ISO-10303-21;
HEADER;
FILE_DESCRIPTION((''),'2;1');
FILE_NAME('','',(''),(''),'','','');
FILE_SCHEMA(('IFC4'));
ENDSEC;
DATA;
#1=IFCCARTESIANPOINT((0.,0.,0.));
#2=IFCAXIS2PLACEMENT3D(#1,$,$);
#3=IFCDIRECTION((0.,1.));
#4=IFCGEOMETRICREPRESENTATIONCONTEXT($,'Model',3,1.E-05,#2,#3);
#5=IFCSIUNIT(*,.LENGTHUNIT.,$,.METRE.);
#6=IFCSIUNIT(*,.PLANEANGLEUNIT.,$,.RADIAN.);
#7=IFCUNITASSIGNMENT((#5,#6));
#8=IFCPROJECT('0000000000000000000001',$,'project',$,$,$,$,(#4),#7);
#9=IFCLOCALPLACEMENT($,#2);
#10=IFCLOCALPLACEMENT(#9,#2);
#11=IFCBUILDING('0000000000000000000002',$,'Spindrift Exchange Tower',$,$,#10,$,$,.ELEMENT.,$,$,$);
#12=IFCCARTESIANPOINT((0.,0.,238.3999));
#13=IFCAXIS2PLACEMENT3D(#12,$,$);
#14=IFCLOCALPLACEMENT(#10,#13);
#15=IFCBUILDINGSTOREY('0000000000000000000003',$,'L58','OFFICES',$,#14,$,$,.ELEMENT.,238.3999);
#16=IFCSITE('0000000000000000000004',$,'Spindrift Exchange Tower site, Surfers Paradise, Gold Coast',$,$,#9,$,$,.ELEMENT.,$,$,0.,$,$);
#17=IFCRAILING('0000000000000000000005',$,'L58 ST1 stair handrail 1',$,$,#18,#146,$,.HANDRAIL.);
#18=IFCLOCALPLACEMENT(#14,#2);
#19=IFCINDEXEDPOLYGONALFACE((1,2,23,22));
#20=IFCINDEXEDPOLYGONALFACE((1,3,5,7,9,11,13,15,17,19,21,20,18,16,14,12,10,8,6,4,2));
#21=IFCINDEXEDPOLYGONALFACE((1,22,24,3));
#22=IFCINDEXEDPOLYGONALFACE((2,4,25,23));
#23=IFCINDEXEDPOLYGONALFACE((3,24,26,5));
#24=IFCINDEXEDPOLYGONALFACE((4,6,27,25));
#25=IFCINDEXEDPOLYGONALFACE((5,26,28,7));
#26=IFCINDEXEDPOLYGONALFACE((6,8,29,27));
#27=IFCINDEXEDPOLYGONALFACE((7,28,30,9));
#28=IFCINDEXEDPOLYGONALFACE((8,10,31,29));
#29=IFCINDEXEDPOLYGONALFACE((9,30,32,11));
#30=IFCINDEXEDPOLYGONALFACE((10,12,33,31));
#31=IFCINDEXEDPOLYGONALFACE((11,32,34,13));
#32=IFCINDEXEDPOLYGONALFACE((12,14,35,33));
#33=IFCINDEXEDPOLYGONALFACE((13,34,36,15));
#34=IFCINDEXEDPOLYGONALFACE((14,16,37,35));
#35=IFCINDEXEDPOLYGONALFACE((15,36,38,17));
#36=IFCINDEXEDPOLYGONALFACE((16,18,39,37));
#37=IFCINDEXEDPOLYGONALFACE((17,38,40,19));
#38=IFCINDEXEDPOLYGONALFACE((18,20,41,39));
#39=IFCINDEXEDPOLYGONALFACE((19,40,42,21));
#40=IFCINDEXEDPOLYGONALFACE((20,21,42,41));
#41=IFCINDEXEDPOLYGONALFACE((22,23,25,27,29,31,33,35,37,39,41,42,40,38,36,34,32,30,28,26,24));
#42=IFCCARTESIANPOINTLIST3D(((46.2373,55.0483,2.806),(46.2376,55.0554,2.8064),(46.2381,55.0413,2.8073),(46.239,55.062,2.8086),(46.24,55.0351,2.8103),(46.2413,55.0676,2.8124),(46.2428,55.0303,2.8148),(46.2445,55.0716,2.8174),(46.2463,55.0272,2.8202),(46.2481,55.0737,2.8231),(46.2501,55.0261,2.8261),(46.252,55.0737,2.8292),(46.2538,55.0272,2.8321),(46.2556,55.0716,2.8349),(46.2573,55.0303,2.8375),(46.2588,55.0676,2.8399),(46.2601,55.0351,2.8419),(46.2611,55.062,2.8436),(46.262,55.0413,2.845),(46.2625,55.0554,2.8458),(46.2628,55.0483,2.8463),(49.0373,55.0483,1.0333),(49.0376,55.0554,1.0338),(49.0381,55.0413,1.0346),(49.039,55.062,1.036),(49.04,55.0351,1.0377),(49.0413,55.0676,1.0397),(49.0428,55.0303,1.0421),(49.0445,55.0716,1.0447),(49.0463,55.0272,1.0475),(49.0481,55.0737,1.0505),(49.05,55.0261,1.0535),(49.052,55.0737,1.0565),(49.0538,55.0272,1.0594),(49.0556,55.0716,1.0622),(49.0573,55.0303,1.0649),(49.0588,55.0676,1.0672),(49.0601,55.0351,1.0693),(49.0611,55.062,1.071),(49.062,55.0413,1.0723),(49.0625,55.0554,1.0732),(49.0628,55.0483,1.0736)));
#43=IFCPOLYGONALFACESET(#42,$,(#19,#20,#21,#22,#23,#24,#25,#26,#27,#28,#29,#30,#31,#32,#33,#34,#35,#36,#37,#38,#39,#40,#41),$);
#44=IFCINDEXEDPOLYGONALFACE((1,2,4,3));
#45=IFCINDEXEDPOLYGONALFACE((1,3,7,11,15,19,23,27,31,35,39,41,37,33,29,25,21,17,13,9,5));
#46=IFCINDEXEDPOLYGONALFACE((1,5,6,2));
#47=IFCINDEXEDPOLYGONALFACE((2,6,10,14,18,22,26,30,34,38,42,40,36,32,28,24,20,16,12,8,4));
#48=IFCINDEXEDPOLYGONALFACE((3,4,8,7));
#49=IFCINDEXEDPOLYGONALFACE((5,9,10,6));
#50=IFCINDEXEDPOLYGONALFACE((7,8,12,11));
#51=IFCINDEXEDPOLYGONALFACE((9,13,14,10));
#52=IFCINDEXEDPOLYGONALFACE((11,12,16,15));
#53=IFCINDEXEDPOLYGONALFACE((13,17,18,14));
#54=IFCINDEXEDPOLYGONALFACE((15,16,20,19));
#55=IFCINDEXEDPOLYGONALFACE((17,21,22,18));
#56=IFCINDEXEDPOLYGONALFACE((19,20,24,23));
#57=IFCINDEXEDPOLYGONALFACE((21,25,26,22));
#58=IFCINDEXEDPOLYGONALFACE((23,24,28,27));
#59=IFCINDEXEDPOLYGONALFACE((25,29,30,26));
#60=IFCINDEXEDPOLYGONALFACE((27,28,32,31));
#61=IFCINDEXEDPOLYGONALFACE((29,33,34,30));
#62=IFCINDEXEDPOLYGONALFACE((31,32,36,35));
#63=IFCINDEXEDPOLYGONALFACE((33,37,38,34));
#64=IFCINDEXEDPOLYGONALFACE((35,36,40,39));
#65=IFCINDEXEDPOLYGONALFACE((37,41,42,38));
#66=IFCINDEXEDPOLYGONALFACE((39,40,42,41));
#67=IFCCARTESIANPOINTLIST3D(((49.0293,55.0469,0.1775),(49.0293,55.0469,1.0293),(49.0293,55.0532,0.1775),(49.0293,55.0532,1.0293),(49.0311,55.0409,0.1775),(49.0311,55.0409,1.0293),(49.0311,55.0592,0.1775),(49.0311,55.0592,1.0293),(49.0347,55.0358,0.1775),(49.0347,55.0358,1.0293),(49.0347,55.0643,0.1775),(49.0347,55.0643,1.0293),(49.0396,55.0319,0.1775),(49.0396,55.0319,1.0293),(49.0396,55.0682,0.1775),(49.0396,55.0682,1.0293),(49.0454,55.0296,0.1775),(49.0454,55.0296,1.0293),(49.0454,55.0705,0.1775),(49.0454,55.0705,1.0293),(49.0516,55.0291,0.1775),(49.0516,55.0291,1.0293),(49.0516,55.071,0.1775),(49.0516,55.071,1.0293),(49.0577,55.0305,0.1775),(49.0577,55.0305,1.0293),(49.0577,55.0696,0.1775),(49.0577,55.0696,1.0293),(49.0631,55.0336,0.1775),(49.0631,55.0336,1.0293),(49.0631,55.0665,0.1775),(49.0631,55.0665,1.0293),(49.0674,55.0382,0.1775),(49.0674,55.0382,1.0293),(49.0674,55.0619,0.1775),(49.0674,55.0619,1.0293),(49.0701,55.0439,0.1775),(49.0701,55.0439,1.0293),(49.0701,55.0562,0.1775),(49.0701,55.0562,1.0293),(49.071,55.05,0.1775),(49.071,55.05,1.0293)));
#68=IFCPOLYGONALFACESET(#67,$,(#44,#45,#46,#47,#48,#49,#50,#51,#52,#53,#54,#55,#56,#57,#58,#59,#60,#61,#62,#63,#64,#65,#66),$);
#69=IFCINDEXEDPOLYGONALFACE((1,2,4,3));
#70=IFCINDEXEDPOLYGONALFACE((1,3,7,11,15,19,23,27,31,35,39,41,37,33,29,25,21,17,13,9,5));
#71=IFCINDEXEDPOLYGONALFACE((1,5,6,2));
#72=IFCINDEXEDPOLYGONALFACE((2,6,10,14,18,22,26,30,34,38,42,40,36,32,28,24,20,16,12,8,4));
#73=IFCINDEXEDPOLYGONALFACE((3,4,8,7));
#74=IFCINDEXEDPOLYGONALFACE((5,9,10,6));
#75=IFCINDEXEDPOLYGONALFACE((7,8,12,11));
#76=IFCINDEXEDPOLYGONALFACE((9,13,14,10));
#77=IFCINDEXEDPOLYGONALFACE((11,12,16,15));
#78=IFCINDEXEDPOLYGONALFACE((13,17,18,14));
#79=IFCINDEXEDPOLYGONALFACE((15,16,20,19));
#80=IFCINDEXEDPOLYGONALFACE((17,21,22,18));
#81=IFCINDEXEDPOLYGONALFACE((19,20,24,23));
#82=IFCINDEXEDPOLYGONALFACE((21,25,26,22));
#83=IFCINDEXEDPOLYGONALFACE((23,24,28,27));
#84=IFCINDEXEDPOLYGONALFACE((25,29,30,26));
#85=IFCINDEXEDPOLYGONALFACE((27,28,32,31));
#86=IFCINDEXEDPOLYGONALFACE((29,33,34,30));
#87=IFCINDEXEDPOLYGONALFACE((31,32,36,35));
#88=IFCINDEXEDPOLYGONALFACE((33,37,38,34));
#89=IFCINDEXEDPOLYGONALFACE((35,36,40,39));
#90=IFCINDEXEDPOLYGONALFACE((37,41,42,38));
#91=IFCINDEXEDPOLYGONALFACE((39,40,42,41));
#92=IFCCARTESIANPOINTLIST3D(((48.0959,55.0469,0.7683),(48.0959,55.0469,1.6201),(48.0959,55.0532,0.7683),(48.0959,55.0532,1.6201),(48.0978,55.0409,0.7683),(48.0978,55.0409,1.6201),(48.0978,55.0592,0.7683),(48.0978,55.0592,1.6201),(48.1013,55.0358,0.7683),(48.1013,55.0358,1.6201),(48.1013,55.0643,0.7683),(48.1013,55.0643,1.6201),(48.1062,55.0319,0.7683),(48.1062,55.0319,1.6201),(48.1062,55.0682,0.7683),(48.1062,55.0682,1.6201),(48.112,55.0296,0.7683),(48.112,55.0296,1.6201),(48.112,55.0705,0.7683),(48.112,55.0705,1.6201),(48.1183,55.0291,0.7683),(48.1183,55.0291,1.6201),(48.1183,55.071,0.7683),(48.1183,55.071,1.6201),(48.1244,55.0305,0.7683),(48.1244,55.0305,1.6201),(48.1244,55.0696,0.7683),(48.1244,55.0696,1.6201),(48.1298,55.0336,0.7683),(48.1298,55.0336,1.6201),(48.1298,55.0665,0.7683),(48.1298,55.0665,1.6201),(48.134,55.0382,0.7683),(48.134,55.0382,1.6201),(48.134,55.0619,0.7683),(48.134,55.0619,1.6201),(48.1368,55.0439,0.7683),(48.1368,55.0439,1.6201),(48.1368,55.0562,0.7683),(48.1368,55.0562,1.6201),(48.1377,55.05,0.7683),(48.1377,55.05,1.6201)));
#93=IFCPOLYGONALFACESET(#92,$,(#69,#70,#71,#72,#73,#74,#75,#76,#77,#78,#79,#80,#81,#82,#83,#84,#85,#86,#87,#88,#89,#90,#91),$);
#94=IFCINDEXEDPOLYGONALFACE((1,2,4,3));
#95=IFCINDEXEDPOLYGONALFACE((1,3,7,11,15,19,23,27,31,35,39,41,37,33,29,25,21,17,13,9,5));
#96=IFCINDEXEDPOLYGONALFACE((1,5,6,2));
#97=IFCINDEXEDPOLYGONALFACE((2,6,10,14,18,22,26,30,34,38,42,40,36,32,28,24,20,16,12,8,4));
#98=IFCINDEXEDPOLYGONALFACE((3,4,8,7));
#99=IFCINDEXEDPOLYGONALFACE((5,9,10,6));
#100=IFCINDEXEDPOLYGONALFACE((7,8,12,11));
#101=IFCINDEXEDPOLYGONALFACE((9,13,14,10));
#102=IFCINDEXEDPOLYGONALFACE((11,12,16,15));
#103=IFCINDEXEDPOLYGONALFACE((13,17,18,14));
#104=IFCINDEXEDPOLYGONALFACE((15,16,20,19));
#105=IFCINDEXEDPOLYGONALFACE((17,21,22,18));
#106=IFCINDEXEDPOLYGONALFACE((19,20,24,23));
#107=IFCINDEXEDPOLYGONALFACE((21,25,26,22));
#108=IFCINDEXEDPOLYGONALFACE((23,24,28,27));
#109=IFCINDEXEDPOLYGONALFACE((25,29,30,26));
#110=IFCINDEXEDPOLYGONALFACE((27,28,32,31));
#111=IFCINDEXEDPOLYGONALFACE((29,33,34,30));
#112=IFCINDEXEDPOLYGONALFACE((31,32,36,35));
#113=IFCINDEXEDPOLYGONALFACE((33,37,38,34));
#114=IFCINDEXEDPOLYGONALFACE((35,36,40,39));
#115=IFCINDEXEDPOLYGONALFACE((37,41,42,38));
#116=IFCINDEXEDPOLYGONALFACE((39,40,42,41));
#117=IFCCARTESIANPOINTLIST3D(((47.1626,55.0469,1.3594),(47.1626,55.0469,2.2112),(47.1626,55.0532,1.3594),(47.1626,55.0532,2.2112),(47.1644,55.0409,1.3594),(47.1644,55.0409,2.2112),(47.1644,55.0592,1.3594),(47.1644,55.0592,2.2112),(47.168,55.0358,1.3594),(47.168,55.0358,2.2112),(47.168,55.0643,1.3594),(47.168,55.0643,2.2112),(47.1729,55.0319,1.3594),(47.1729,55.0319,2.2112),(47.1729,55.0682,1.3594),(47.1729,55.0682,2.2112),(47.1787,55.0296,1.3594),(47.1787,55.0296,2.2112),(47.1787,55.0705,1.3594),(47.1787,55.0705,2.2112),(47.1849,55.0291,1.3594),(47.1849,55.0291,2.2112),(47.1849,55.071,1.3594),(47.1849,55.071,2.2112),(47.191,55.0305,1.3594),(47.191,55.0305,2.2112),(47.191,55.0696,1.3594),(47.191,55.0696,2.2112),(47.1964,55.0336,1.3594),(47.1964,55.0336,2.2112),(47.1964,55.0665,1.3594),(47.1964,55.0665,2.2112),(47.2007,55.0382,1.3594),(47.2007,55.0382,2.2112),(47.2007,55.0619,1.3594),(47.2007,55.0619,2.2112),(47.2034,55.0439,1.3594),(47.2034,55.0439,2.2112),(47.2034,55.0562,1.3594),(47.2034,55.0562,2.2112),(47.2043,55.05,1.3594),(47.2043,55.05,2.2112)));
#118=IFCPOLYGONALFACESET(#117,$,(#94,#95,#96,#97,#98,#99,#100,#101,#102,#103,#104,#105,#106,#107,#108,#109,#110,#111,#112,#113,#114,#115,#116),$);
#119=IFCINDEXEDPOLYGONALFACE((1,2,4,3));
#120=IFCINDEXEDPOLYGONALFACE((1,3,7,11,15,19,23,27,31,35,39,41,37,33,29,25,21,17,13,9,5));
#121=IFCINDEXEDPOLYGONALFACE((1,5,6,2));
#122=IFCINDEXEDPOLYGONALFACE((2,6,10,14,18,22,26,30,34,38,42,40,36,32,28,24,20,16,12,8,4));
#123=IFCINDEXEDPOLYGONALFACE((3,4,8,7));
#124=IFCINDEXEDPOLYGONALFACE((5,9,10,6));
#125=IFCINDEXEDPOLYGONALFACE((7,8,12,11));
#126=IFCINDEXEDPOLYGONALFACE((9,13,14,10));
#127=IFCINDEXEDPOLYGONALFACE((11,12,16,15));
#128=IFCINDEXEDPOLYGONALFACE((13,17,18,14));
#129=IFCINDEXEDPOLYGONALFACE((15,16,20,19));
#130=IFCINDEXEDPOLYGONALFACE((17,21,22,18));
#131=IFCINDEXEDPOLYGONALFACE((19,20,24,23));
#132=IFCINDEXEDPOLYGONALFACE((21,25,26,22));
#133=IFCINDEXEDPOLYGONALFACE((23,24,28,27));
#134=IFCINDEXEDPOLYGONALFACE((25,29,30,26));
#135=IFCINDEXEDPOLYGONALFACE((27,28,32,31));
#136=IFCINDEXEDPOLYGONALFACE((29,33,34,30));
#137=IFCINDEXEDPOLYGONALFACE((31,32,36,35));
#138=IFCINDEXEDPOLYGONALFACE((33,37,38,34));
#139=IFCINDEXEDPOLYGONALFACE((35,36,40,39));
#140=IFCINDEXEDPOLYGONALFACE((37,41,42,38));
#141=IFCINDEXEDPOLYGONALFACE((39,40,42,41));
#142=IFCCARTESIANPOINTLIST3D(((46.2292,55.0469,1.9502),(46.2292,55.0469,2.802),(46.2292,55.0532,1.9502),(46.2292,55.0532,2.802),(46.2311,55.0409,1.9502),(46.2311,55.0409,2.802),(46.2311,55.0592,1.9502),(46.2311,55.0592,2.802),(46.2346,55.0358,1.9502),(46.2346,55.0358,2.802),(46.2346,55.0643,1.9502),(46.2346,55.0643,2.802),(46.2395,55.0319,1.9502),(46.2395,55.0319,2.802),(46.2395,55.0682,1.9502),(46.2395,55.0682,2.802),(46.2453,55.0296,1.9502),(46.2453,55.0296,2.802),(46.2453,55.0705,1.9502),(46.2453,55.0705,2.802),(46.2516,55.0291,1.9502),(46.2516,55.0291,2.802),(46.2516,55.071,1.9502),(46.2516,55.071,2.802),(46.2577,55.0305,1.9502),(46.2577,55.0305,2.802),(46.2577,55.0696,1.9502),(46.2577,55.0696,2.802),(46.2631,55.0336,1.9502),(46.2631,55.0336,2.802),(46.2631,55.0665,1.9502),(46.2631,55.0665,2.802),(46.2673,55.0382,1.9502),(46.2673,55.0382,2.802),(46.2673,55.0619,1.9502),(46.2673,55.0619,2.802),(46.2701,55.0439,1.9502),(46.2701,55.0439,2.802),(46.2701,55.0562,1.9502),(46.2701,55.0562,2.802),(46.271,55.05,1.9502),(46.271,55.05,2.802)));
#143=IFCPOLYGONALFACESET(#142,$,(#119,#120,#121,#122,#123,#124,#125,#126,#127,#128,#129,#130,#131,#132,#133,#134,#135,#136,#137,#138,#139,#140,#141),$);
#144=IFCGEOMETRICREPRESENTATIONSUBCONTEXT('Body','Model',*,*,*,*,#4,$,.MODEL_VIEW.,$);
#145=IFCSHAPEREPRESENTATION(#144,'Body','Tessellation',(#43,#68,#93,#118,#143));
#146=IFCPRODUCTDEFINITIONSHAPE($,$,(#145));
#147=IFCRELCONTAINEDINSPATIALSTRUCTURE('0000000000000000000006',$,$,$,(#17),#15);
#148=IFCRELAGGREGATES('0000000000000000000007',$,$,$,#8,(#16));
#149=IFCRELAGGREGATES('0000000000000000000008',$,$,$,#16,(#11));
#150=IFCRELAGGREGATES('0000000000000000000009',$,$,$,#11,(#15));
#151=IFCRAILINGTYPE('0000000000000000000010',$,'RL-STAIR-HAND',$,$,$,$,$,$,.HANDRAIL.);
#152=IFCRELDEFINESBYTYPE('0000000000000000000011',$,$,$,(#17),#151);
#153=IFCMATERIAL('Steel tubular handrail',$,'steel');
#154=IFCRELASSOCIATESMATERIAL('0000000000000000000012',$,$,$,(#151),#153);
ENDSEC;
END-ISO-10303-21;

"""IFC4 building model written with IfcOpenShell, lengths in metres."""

from ifc_helpers import new_model, si_unit, direction, frame, origin, origin_2d, place, context, subcontext, project, spatial, circle, extrude, material, type_object, element, save


model = new_model("IFC4")

# Units and contexts
model_context = context("Model", 3, precision=1e-05, world=origin(), true_north=direction((0.0, 1.0)))
body_context = subcontext(model_context, "Body", "Model", "MODEL_VIEW")
ifc_project = project(units=[si_unit("LENGTHUNIT", "METRE"), si_unit("PLANEANGLEUNIT", "RADIAN")], contexts=[model_context])

# Site, building, storey
site_placement = place(None, origin())
site = spatial("IfcSite", under=ifc_project, at=site_placement, Name="Spindrift Exchange Tower site, Surfers Paradise, Gold Coast", CompositionType="ELEMENT", RefElevation=0.0)
building_placement = place(site_placement, origin())
building = spatial("IfcBuilding", under=site, at=building_placement, Name="Spindrift Exchange Tower", CompositionType="ELEMENT")
storey_placement = place(building_placement, frame((0.0, 0.0, 238.3999)))
storey = spatial("IfcBuildingStorey", under=building, at=storey_placement, Name="L58", Description="OFFICES", CompositionType="ELEMENT", Elevation=238.3999)

# Railing
ifc_material_1 = material(Name="Steel tubular handrail", Category="steel")
railing_type_1 = type_object("IfcRailingType", Name="RL-STAIR-HAND", PredefinedType="HANDRAIL", material=ifc_material_1)
railing_1_placement = place(storey_placement, frame((49.05, 55.05, 0.1775)))
element("IfcRailing", 1, at=railing_1_placement, inside=storey, type_object=railing_type_1, Name="L58 ST1 stair handrail 1", PredefinedType="HANDRAIL", context=body_context, shape_type="SweptSolid", body=[
    extrude(circle(Radius=0.0239, at=origin_2d()), frame((0.0, 0.0, 0.876), z_axis=(-0.844909, 0.0, 0.53491), x_axis=(0.0, -1.0, 0.0)), (0.0, 0.0, 1.0), 3.314),
    extrude(circle(Radius=0.021, at=origin_2d()), origin(), (0.0, 0.0, 1.0), 0.8518),
    extrude(circle(Radius=0.021, at=origin_2d()), frame((-0.9333, 0.0, 0.5908)), (0.0, 0.0, 1.0), 0.8518),
    extrude(circle(Radius=0.021, at=origin_2d()), frame((-1.8667, 0.0, 1.1819)), (0.0, 0.0, 1.0), 0.8518),
    extrude(circle(Radius=0.021, at=origin_2d()), frame((-2.8, 0.0, 1.7727)), (0.0, 0.0, 1.0), 0.8518),
])

save(model, "model.ifc")
